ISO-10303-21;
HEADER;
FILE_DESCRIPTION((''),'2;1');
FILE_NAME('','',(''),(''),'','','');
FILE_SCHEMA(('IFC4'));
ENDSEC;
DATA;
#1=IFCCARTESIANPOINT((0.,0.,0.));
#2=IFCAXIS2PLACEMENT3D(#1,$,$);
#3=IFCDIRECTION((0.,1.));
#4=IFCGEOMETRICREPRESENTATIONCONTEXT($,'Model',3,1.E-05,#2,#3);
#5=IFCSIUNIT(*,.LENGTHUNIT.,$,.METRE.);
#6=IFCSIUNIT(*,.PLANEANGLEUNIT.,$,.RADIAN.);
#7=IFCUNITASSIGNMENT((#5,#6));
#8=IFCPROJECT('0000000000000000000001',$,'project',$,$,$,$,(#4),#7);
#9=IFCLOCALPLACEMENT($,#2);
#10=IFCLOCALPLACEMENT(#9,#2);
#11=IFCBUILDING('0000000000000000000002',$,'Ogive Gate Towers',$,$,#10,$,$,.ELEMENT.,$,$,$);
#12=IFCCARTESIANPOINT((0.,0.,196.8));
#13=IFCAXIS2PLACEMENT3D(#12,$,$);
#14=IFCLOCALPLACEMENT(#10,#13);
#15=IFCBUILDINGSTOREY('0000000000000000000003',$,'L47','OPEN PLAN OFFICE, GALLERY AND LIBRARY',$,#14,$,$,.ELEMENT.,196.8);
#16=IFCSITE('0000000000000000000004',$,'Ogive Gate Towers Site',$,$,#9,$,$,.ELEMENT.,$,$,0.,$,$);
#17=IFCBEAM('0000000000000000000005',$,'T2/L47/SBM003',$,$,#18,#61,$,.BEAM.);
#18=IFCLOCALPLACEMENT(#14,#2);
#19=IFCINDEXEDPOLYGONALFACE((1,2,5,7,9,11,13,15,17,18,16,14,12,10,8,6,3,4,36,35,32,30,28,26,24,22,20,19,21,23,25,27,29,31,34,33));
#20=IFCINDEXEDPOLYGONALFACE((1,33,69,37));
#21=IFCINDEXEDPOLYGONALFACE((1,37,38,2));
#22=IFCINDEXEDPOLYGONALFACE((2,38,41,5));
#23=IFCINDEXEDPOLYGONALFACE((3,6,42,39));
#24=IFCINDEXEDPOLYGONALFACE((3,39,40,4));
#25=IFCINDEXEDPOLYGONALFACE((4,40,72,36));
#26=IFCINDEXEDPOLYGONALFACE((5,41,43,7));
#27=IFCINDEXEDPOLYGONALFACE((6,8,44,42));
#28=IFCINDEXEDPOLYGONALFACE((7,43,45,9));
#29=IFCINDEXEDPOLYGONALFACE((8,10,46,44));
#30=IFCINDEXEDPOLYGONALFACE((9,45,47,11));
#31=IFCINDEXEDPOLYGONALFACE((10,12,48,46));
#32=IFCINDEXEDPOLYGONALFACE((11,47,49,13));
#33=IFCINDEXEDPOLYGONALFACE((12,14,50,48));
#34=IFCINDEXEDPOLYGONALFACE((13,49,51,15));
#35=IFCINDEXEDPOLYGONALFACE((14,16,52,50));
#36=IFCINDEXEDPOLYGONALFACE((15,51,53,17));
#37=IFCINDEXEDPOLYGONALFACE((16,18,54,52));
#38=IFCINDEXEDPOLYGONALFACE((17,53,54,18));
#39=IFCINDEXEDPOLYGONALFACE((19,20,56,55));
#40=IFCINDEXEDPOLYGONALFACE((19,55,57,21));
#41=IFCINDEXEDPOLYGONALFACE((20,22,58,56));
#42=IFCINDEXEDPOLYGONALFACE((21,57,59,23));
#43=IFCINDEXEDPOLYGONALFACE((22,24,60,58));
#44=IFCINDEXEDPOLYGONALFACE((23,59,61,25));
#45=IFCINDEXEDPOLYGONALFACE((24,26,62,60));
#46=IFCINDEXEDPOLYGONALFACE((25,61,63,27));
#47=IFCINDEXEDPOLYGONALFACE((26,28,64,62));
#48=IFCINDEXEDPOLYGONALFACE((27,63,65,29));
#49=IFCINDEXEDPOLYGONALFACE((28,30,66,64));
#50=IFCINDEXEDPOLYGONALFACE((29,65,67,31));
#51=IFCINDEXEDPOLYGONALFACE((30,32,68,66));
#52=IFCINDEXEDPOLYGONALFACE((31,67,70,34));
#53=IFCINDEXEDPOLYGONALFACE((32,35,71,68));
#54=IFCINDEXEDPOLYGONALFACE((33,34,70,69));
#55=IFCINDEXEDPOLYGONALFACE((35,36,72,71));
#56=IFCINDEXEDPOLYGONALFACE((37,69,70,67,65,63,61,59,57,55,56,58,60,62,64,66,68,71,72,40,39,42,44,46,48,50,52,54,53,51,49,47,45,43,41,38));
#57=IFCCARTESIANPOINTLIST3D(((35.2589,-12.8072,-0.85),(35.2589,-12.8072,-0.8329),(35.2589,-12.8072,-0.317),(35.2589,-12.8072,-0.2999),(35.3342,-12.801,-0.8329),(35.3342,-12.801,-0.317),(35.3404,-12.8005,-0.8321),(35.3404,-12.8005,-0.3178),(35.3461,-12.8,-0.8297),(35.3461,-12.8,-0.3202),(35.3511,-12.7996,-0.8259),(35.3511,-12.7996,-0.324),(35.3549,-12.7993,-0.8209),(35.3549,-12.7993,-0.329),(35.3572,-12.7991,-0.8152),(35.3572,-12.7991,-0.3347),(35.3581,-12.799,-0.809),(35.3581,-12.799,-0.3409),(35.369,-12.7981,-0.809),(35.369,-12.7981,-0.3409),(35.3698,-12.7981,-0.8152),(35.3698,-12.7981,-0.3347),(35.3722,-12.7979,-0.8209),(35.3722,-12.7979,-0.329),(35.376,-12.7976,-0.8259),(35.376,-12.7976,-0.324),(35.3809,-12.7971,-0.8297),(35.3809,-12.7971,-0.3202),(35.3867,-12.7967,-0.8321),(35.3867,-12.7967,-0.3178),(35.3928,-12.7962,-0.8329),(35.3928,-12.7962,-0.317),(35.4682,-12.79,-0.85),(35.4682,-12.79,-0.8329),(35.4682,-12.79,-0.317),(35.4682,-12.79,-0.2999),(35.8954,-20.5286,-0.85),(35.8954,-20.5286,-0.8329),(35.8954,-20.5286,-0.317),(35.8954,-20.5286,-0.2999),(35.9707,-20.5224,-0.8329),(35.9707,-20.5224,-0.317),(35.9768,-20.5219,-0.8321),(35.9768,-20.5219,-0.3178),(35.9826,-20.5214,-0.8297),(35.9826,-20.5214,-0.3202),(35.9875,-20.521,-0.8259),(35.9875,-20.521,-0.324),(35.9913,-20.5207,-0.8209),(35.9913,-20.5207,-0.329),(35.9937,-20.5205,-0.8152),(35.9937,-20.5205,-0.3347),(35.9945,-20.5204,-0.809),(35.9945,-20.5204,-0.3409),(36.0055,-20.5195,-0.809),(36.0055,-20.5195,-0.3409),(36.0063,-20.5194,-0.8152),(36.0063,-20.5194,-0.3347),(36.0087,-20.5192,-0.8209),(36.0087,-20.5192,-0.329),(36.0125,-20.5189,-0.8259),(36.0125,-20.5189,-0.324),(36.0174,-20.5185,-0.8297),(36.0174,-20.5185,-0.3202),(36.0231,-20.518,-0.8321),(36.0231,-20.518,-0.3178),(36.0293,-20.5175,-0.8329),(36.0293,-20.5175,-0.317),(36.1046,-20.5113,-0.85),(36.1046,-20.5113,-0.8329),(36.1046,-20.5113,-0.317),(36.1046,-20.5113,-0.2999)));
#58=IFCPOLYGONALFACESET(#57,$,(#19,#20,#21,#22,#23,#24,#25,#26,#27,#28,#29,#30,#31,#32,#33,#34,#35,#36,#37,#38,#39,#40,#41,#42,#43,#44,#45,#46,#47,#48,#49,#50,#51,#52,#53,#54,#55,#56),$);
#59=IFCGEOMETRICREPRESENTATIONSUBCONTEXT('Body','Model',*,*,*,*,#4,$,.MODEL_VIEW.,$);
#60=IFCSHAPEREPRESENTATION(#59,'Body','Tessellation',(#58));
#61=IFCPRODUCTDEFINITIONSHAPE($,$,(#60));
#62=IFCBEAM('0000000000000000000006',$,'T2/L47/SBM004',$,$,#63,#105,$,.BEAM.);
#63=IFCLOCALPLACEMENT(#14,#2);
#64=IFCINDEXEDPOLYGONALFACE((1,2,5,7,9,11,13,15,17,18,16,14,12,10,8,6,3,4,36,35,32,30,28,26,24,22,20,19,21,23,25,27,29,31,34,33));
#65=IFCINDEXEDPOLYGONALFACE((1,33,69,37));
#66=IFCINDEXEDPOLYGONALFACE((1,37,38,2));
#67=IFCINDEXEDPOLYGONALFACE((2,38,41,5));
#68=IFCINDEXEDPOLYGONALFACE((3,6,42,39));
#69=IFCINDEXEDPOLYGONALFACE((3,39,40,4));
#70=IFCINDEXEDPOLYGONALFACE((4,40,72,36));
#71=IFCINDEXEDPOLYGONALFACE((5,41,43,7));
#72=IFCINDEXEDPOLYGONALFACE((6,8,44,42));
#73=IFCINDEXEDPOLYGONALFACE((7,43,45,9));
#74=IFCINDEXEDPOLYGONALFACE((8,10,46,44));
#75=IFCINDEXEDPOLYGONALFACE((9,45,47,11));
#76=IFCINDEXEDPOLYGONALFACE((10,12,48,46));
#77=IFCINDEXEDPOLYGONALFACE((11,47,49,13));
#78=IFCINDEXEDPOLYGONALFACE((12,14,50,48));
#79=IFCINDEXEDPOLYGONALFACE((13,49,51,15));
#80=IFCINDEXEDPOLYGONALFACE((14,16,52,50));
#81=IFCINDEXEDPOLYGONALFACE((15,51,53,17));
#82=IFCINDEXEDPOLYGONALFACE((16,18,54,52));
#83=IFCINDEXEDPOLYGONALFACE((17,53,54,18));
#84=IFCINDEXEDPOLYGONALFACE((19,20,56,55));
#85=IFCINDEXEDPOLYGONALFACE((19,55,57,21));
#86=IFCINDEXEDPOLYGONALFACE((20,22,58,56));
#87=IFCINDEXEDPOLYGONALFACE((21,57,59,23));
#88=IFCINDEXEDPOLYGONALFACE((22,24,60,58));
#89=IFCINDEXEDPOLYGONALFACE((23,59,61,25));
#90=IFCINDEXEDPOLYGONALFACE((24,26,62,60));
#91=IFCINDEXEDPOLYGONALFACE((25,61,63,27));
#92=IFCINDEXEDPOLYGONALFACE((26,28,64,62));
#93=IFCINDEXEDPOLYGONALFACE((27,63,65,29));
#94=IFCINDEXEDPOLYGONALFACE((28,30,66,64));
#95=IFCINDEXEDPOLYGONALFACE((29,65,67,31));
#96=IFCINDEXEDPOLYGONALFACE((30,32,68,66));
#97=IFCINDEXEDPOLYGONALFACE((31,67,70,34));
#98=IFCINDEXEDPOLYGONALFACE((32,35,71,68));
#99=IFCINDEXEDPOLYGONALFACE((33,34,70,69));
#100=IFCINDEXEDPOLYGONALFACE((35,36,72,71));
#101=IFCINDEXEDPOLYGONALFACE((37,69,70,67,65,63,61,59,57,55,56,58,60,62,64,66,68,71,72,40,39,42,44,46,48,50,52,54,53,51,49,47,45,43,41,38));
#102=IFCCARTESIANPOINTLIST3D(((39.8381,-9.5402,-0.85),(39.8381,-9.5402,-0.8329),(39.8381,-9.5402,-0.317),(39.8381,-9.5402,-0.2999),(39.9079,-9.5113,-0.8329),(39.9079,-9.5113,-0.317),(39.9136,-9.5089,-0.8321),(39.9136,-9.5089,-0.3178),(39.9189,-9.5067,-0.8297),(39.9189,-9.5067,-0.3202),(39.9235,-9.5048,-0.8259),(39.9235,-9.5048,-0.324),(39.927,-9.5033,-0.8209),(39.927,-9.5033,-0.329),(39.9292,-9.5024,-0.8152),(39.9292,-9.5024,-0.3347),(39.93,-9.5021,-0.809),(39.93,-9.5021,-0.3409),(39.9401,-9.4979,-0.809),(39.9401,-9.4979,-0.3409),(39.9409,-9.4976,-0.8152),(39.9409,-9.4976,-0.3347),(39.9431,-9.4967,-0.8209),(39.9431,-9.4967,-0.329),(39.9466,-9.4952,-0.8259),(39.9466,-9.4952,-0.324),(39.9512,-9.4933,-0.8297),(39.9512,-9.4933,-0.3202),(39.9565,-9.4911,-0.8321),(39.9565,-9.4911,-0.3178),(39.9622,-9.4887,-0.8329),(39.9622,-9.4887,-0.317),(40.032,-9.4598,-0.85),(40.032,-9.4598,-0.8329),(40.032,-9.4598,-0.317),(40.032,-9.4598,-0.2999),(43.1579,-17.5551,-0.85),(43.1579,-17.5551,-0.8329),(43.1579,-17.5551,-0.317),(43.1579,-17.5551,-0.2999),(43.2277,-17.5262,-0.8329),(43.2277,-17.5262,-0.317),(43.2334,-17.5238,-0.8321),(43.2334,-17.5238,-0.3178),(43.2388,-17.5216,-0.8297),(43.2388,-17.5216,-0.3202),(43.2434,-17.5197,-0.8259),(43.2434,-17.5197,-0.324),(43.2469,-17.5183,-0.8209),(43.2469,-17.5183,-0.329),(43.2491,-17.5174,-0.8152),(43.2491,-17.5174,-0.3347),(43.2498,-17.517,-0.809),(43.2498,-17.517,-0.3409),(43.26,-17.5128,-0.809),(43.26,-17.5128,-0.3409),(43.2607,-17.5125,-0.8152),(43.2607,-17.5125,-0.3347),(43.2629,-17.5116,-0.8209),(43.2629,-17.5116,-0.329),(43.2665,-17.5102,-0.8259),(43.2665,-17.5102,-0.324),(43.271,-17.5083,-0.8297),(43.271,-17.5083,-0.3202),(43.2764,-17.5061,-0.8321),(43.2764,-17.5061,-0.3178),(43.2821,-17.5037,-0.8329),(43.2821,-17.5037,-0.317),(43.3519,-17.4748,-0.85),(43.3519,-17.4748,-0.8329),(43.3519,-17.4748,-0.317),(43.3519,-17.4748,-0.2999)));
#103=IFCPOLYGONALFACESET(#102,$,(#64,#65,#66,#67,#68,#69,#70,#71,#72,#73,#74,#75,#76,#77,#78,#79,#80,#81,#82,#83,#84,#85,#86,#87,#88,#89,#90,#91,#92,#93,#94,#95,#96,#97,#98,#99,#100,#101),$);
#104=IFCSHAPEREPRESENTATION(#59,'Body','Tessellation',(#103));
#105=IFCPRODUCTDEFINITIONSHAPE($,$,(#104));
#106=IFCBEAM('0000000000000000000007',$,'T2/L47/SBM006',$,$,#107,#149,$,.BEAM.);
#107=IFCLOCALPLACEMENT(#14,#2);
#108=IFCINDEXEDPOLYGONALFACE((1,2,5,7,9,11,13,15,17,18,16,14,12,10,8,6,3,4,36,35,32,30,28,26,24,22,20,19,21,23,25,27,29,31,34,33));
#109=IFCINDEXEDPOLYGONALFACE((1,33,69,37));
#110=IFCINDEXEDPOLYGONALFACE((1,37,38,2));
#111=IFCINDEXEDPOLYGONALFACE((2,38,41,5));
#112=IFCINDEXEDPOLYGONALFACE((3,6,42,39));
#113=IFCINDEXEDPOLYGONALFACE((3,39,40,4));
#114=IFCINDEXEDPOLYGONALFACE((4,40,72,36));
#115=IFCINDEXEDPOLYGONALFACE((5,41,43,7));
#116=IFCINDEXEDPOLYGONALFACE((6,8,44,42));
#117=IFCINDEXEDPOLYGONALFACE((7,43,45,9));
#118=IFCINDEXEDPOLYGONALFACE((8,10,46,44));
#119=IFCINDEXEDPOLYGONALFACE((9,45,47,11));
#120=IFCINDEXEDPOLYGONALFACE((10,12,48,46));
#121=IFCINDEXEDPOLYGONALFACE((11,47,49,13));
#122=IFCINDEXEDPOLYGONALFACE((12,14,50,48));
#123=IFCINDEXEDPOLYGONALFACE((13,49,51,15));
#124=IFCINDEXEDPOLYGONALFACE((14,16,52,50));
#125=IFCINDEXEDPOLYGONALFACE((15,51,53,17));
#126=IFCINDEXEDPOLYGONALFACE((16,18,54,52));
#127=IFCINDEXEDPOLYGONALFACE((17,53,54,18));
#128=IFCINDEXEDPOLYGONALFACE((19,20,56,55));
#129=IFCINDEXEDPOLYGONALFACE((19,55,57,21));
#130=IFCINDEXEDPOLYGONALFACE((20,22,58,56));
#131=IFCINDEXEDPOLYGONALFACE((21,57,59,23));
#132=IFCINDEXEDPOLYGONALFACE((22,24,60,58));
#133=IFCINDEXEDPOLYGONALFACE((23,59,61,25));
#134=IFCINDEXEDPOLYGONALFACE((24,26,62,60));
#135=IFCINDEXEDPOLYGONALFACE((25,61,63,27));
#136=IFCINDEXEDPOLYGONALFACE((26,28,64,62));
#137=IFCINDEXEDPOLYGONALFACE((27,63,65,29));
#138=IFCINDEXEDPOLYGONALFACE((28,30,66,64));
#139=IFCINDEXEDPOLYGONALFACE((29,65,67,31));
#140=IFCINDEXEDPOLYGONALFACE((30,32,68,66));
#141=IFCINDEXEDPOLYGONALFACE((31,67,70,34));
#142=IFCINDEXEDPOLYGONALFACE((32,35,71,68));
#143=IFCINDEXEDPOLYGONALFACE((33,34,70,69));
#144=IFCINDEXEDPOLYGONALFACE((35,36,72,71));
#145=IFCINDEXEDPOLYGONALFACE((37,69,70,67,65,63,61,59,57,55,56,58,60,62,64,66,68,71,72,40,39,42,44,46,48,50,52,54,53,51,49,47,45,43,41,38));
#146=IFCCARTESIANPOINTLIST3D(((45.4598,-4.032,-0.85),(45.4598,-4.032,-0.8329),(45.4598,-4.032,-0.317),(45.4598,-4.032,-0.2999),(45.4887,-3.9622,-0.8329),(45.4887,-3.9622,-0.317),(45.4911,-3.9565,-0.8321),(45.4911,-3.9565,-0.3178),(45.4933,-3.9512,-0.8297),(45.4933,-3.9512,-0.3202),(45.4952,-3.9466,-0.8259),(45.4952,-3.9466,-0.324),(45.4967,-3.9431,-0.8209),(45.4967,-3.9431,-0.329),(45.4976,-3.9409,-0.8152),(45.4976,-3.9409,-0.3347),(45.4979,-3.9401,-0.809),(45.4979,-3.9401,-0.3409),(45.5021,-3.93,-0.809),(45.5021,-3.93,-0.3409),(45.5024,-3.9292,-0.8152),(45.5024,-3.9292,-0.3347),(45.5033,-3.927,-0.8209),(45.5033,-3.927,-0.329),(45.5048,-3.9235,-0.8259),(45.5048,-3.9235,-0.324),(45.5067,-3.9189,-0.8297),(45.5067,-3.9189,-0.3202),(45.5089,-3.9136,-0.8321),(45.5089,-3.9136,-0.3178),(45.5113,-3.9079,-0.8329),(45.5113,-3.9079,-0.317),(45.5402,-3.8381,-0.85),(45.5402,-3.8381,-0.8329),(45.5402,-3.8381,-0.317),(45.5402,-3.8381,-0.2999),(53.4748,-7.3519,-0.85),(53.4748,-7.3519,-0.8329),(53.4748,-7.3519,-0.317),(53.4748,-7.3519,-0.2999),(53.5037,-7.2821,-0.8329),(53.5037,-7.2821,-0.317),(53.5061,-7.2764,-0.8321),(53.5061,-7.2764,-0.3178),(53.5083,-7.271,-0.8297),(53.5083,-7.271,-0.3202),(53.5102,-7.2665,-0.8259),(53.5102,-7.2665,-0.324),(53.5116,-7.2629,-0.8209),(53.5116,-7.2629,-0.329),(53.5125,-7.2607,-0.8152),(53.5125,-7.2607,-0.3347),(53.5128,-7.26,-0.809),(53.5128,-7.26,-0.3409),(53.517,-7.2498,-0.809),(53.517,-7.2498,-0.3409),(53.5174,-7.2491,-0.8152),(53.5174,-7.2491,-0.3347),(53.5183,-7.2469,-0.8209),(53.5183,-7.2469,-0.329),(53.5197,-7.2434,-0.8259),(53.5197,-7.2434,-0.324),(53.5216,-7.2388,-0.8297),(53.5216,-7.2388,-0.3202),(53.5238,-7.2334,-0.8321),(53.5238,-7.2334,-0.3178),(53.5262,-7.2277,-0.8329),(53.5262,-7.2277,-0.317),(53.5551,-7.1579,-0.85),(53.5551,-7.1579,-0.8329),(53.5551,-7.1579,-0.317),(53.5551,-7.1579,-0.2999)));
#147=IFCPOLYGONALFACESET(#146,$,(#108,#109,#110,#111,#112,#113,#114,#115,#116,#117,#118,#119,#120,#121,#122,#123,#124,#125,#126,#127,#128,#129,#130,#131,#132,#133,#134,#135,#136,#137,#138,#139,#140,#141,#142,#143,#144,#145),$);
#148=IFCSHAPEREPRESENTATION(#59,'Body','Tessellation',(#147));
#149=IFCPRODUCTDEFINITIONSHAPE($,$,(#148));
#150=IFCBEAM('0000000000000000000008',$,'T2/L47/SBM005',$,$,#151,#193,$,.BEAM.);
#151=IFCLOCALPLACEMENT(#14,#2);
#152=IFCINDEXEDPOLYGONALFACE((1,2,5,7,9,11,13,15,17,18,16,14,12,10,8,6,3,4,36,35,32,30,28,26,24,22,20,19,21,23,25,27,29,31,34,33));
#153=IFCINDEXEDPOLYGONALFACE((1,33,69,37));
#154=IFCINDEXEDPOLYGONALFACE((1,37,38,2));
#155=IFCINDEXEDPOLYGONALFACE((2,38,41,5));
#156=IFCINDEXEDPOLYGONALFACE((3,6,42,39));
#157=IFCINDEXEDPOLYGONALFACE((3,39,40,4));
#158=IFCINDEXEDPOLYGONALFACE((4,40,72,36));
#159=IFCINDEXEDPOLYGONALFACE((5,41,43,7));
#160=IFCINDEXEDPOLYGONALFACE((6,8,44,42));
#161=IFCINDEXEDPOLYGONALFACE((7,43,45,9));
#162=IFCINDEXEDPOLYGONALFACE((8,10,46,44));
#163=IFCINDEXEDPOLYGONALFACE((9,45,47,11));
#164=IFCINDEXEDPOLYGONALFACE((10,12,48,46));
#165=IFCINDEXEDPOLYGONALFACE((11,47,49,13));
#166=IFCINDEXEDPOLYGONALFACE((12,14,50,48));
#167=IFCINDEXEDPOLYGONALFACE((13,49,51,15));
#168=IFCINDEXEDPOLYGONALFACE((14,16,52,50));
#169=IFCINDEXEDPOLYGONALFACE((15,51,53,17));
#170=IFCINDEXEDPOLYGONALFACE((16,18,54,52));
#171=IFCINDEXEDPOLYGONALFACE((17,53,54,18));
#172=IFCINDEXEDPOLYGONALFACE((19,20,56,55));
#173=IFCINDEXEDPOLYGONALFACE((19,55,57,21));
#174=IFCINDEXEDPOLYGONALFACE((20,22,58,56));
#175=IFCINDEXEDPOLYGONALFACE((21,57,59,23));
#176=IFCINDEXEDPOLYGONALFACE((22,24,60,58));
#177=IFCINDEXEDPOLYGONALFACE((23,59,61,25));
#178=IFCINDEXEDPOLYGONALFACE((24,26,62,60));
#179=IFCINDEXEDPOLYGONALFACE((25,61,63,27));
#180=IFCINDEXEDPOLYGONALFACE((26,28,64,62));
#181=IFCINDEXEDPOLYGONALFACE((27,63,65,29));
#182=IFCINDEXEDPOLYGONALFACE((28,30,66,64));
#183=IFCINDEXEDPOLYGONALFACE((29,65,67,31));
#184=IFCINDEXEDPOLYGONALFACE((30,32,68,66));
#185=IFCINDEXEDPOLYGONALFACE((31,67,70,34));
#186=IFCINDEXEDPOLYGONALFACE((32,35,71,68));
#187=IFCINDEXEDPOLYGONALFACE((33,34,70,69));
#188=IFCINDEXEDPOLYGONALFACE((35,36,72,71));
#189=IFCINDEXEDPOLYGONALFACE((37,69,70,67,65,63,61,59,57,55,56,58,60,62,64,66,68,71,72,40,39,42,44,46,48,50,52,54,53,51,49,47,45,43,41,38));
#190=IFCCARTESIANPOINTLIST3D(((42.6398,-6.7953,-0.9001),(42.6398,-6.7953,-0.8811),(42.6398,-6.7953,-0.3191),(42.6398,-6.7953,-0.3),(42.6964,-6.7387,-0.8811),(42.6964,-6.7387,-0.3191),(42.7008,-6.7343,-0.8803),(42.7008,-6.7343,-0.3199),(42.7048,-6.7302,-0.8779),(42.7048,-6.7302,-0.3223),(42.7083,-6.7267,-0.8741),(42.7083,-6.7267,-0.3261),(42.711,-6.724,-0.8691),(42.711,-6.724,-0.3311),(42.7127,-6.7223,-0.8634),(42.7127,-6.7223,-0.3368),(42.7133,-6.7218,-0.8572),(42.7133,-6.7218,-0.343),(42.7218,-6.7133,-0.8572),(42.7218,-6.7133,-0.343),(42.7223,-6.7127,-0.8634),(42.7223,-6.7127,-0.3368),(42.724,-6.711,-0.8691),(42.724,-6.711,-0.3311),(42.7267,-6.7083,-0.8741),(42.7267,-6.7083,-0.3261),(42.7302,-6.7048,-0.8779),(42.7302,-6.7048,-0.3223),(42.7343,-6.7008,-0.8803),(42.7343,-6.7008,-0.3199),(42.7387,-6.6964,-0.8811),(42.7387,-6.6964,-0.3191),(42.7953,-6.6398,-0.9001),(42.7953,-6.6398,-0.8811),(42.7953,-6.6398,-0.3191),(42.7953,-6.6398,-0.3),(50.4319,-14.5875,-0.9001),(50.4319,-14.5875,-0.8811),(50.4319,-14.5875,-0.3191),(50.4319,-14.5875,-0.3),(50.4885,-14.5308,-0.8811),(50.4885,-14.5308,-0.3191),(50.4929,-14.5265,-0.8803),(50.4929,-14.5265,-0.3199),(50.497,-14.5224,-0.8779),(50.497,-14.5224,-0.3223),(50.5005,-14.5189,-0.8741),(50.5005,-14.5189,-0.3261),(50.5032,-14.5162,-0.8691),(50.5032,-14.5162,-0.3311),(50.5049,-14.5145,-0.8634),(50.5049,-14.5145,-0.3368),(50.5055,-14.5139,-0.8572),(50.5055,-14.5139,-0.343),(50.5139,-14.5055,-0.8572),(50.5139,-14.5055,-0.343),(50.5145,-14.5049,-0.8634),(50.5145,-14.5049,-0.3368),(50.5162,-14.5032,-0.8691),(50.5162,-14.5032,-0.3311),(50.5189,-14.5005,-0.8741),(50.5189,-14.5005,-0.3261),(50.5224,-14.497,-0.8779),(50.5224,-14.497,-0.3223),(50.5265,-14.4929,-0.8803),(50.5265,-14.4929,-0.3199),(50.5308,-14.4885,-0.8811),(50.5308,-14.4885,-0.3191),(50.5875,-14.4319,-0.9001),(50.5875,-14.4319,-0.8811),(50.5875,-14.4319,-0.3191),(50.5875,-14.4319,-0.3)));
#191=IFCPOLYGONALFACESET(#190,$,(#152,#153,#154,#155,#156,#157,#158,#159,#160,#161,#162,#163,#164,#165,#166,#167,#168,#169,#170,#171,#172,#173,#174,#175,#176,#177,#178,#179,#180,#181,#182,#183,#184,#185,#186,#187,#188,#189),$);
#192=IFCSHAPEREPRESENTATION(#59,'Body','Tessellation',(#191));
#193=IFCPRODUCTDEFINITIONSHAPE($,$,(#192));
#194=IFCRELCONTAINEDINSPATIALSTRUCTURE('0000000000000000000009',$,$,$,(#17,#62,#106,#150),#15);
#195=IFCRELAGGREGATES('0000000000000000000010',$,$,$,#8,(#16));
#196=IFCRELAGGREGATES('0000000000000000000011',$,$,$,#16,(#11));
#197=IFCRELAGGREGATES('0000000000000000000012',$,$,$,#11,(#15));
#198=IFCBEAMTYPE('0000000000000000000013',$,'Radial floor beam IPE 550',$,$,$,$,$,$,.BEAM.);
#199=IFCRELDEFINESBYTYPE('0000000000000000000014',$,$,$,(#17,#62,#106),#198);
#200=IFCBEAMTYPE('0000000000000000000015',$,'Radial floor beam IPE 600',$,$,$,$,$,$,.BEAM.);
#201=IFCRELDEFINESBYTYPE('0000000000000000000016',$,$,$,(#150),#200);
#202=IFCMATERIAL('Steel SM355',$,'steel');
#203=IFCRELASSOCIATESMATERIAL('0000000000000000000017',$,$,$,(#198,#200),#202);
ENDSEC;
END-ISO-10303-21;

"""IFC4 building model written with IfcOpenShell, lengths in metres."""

from ifc_helpers import new_model, si_unit, direction, frame, origin, origin_2d, place, context, subcontext, project, spatial, i_section, extrude, material, material_profile, profile_set, type_object, element, save


model = new_model("IFC4")

# Units and contexts
model_context = context("Model", 3, precision=1e-05, world=origin(), true_north=direction((0.0, 1.0)))
body_context = subcontext(model_context, "Body", "Model", "MODEL_VIEW")
ifc_project = project(units=[si_unit("LENGTHUNIT", "METRE"), si_unit("PLANEANGLEUNIT", "RADIAN")], contexts=[model_context])

# Site, building, storey
site_placement = place(None, origin())
site = spatial("IfcSite", under=ifc_project, at=site_placement, Name="Ogive Gate Towers Site", CompositionType="ELEMENT", RefElevation=0.0)
building_placement = place(site_placement, origin())
building = spatial("IfcBuilding", under=site, at=building_placement, Name="Ogive Gate Towers", CompositionType="ELEMENT")
storey_placement = place(building_placement, frame((0.0, 0.0, 196.8)))
storey = spatial("IfcBuildingStorey", under=building, at=storey_placement, Name="L47", Description="OPEN PLAN OFFICE, GALLERY AND LIBRARY", CompositionType="ELEMENT", Elevation=196.8)

# Beams
ifc_material_1 = material(Name="Steel SM355", Category="steel")
ifc_material_profile_1 = material_profile(ifc_material_1, i_section(OverallWidth=0.21, OverallDepth=0.55, WebThickness=0.011, FlangeThickness=0.0171, FilletRadius=0.0239, at=origin_2d()), Name="IPE 550")
ifc_profile_set_1 = profile_set([ifc_material_profile_1], Name="Steel SM355")
beam_type_1 = type_object("IfcBeamType", Name="Radial floor beam IPE 550", PredefinedType="BEAM", material=ifc_profile_set_1)
beam_1_placement = place(storey_placement, frame((35.3635, -12.7986, -0.575), z_axis=(0.082151, -0.99662, 0.0), x_axis=(0.99662, 0.082151, 0.0)))
element("IfcBeam", 1, at=beam_1_placement, inside=storey, type_object=beam_type_1, Name="T2/L47/SBM003", PredefinedType="BEAM", context=body_context, shape_type="SweptSolid", body=[
    extrude(i_section(OverallWidth=0.21, OverallDepth=0.55, WebThickness=0.011, FlangeThickness=0.0171, FilletRadius=0.0239, at=origin_2d()), origin(), (0.0, 0.0, 1.0), 7.7476),
])
for number, where, z_axis, x_axis, name in (
    (2, (39.9351, -9.5, -0.575), (0.382678, -0.923882, 0.0), (0.923882, 0.382678, 0.0), "T2/L47/SBM004"),
    (3, (45.5, -3.9351, -0.575), (0.923882, -0.382678, 0.0), (0.382678, 0.923882, 0.0), "T2/L47/SBM006"),
):
    element("IfcBeam", number, at=place(storey_placement, frame(where, z_axis=z_axis, x_axis=x_axis)), inside=storey, type_object=beam_type_1, Name=name, PredefinedType="BEAM", context=body_context, shape_type="SweptSolid", body=[
        extrude(i_section(OverallWidth=0.21, OverallDepth=0.55, WebThickness=0.011, FlangeThickness=0.0171, FilletRadius=0.0239, at=origin_2d()), origin(), (0.0, 0.0, 1.0), 8.6753),
    ])
ifc_material_profile_2 = material_profile(ifc_material_1, i_section(OverallWidth=0.22, OverallDepth=0.6001, WebThickness=0.012, FlangeThickness=0.019, FilletRadius=0.0239, at=origin_2d()), Name="IPE 600")
ifc_profile_set_2 = profile_set([ifc_material_profile_2], Name="Steel SM355")
beam_type_2 = type_object("IfcBeamType", Name="Radial floor beam IPE 600", PredefinedType="BEAM", material=ifc_profile_set_2)
beam_2_placement = place(storey_placement, frame((42.7175, -6.7175, -0.6001), z_axis=(0.707107, -0.707107, 0.0), x_axis=(0.707107, 0.707107, 0.0)))
element("IfcBeam", 4, at=beam_2_placement, inside=storey, type_object=beam_type_2, Name="T2/L47/SBM005", PredefinedType="BEAM", context=body_context, shape_type="SweptSolid", body=[
    extrude(i_section(OverallWidth=0.22, OverallDepth=0.6001, WebThickness=0.012, FlangeThickness=0.019, FilletRadius=0.0239, at=origin_2d()), origin(), (0.0, 0.0, 1.0), 11.0198),
])

save(model, "model.ifc")
